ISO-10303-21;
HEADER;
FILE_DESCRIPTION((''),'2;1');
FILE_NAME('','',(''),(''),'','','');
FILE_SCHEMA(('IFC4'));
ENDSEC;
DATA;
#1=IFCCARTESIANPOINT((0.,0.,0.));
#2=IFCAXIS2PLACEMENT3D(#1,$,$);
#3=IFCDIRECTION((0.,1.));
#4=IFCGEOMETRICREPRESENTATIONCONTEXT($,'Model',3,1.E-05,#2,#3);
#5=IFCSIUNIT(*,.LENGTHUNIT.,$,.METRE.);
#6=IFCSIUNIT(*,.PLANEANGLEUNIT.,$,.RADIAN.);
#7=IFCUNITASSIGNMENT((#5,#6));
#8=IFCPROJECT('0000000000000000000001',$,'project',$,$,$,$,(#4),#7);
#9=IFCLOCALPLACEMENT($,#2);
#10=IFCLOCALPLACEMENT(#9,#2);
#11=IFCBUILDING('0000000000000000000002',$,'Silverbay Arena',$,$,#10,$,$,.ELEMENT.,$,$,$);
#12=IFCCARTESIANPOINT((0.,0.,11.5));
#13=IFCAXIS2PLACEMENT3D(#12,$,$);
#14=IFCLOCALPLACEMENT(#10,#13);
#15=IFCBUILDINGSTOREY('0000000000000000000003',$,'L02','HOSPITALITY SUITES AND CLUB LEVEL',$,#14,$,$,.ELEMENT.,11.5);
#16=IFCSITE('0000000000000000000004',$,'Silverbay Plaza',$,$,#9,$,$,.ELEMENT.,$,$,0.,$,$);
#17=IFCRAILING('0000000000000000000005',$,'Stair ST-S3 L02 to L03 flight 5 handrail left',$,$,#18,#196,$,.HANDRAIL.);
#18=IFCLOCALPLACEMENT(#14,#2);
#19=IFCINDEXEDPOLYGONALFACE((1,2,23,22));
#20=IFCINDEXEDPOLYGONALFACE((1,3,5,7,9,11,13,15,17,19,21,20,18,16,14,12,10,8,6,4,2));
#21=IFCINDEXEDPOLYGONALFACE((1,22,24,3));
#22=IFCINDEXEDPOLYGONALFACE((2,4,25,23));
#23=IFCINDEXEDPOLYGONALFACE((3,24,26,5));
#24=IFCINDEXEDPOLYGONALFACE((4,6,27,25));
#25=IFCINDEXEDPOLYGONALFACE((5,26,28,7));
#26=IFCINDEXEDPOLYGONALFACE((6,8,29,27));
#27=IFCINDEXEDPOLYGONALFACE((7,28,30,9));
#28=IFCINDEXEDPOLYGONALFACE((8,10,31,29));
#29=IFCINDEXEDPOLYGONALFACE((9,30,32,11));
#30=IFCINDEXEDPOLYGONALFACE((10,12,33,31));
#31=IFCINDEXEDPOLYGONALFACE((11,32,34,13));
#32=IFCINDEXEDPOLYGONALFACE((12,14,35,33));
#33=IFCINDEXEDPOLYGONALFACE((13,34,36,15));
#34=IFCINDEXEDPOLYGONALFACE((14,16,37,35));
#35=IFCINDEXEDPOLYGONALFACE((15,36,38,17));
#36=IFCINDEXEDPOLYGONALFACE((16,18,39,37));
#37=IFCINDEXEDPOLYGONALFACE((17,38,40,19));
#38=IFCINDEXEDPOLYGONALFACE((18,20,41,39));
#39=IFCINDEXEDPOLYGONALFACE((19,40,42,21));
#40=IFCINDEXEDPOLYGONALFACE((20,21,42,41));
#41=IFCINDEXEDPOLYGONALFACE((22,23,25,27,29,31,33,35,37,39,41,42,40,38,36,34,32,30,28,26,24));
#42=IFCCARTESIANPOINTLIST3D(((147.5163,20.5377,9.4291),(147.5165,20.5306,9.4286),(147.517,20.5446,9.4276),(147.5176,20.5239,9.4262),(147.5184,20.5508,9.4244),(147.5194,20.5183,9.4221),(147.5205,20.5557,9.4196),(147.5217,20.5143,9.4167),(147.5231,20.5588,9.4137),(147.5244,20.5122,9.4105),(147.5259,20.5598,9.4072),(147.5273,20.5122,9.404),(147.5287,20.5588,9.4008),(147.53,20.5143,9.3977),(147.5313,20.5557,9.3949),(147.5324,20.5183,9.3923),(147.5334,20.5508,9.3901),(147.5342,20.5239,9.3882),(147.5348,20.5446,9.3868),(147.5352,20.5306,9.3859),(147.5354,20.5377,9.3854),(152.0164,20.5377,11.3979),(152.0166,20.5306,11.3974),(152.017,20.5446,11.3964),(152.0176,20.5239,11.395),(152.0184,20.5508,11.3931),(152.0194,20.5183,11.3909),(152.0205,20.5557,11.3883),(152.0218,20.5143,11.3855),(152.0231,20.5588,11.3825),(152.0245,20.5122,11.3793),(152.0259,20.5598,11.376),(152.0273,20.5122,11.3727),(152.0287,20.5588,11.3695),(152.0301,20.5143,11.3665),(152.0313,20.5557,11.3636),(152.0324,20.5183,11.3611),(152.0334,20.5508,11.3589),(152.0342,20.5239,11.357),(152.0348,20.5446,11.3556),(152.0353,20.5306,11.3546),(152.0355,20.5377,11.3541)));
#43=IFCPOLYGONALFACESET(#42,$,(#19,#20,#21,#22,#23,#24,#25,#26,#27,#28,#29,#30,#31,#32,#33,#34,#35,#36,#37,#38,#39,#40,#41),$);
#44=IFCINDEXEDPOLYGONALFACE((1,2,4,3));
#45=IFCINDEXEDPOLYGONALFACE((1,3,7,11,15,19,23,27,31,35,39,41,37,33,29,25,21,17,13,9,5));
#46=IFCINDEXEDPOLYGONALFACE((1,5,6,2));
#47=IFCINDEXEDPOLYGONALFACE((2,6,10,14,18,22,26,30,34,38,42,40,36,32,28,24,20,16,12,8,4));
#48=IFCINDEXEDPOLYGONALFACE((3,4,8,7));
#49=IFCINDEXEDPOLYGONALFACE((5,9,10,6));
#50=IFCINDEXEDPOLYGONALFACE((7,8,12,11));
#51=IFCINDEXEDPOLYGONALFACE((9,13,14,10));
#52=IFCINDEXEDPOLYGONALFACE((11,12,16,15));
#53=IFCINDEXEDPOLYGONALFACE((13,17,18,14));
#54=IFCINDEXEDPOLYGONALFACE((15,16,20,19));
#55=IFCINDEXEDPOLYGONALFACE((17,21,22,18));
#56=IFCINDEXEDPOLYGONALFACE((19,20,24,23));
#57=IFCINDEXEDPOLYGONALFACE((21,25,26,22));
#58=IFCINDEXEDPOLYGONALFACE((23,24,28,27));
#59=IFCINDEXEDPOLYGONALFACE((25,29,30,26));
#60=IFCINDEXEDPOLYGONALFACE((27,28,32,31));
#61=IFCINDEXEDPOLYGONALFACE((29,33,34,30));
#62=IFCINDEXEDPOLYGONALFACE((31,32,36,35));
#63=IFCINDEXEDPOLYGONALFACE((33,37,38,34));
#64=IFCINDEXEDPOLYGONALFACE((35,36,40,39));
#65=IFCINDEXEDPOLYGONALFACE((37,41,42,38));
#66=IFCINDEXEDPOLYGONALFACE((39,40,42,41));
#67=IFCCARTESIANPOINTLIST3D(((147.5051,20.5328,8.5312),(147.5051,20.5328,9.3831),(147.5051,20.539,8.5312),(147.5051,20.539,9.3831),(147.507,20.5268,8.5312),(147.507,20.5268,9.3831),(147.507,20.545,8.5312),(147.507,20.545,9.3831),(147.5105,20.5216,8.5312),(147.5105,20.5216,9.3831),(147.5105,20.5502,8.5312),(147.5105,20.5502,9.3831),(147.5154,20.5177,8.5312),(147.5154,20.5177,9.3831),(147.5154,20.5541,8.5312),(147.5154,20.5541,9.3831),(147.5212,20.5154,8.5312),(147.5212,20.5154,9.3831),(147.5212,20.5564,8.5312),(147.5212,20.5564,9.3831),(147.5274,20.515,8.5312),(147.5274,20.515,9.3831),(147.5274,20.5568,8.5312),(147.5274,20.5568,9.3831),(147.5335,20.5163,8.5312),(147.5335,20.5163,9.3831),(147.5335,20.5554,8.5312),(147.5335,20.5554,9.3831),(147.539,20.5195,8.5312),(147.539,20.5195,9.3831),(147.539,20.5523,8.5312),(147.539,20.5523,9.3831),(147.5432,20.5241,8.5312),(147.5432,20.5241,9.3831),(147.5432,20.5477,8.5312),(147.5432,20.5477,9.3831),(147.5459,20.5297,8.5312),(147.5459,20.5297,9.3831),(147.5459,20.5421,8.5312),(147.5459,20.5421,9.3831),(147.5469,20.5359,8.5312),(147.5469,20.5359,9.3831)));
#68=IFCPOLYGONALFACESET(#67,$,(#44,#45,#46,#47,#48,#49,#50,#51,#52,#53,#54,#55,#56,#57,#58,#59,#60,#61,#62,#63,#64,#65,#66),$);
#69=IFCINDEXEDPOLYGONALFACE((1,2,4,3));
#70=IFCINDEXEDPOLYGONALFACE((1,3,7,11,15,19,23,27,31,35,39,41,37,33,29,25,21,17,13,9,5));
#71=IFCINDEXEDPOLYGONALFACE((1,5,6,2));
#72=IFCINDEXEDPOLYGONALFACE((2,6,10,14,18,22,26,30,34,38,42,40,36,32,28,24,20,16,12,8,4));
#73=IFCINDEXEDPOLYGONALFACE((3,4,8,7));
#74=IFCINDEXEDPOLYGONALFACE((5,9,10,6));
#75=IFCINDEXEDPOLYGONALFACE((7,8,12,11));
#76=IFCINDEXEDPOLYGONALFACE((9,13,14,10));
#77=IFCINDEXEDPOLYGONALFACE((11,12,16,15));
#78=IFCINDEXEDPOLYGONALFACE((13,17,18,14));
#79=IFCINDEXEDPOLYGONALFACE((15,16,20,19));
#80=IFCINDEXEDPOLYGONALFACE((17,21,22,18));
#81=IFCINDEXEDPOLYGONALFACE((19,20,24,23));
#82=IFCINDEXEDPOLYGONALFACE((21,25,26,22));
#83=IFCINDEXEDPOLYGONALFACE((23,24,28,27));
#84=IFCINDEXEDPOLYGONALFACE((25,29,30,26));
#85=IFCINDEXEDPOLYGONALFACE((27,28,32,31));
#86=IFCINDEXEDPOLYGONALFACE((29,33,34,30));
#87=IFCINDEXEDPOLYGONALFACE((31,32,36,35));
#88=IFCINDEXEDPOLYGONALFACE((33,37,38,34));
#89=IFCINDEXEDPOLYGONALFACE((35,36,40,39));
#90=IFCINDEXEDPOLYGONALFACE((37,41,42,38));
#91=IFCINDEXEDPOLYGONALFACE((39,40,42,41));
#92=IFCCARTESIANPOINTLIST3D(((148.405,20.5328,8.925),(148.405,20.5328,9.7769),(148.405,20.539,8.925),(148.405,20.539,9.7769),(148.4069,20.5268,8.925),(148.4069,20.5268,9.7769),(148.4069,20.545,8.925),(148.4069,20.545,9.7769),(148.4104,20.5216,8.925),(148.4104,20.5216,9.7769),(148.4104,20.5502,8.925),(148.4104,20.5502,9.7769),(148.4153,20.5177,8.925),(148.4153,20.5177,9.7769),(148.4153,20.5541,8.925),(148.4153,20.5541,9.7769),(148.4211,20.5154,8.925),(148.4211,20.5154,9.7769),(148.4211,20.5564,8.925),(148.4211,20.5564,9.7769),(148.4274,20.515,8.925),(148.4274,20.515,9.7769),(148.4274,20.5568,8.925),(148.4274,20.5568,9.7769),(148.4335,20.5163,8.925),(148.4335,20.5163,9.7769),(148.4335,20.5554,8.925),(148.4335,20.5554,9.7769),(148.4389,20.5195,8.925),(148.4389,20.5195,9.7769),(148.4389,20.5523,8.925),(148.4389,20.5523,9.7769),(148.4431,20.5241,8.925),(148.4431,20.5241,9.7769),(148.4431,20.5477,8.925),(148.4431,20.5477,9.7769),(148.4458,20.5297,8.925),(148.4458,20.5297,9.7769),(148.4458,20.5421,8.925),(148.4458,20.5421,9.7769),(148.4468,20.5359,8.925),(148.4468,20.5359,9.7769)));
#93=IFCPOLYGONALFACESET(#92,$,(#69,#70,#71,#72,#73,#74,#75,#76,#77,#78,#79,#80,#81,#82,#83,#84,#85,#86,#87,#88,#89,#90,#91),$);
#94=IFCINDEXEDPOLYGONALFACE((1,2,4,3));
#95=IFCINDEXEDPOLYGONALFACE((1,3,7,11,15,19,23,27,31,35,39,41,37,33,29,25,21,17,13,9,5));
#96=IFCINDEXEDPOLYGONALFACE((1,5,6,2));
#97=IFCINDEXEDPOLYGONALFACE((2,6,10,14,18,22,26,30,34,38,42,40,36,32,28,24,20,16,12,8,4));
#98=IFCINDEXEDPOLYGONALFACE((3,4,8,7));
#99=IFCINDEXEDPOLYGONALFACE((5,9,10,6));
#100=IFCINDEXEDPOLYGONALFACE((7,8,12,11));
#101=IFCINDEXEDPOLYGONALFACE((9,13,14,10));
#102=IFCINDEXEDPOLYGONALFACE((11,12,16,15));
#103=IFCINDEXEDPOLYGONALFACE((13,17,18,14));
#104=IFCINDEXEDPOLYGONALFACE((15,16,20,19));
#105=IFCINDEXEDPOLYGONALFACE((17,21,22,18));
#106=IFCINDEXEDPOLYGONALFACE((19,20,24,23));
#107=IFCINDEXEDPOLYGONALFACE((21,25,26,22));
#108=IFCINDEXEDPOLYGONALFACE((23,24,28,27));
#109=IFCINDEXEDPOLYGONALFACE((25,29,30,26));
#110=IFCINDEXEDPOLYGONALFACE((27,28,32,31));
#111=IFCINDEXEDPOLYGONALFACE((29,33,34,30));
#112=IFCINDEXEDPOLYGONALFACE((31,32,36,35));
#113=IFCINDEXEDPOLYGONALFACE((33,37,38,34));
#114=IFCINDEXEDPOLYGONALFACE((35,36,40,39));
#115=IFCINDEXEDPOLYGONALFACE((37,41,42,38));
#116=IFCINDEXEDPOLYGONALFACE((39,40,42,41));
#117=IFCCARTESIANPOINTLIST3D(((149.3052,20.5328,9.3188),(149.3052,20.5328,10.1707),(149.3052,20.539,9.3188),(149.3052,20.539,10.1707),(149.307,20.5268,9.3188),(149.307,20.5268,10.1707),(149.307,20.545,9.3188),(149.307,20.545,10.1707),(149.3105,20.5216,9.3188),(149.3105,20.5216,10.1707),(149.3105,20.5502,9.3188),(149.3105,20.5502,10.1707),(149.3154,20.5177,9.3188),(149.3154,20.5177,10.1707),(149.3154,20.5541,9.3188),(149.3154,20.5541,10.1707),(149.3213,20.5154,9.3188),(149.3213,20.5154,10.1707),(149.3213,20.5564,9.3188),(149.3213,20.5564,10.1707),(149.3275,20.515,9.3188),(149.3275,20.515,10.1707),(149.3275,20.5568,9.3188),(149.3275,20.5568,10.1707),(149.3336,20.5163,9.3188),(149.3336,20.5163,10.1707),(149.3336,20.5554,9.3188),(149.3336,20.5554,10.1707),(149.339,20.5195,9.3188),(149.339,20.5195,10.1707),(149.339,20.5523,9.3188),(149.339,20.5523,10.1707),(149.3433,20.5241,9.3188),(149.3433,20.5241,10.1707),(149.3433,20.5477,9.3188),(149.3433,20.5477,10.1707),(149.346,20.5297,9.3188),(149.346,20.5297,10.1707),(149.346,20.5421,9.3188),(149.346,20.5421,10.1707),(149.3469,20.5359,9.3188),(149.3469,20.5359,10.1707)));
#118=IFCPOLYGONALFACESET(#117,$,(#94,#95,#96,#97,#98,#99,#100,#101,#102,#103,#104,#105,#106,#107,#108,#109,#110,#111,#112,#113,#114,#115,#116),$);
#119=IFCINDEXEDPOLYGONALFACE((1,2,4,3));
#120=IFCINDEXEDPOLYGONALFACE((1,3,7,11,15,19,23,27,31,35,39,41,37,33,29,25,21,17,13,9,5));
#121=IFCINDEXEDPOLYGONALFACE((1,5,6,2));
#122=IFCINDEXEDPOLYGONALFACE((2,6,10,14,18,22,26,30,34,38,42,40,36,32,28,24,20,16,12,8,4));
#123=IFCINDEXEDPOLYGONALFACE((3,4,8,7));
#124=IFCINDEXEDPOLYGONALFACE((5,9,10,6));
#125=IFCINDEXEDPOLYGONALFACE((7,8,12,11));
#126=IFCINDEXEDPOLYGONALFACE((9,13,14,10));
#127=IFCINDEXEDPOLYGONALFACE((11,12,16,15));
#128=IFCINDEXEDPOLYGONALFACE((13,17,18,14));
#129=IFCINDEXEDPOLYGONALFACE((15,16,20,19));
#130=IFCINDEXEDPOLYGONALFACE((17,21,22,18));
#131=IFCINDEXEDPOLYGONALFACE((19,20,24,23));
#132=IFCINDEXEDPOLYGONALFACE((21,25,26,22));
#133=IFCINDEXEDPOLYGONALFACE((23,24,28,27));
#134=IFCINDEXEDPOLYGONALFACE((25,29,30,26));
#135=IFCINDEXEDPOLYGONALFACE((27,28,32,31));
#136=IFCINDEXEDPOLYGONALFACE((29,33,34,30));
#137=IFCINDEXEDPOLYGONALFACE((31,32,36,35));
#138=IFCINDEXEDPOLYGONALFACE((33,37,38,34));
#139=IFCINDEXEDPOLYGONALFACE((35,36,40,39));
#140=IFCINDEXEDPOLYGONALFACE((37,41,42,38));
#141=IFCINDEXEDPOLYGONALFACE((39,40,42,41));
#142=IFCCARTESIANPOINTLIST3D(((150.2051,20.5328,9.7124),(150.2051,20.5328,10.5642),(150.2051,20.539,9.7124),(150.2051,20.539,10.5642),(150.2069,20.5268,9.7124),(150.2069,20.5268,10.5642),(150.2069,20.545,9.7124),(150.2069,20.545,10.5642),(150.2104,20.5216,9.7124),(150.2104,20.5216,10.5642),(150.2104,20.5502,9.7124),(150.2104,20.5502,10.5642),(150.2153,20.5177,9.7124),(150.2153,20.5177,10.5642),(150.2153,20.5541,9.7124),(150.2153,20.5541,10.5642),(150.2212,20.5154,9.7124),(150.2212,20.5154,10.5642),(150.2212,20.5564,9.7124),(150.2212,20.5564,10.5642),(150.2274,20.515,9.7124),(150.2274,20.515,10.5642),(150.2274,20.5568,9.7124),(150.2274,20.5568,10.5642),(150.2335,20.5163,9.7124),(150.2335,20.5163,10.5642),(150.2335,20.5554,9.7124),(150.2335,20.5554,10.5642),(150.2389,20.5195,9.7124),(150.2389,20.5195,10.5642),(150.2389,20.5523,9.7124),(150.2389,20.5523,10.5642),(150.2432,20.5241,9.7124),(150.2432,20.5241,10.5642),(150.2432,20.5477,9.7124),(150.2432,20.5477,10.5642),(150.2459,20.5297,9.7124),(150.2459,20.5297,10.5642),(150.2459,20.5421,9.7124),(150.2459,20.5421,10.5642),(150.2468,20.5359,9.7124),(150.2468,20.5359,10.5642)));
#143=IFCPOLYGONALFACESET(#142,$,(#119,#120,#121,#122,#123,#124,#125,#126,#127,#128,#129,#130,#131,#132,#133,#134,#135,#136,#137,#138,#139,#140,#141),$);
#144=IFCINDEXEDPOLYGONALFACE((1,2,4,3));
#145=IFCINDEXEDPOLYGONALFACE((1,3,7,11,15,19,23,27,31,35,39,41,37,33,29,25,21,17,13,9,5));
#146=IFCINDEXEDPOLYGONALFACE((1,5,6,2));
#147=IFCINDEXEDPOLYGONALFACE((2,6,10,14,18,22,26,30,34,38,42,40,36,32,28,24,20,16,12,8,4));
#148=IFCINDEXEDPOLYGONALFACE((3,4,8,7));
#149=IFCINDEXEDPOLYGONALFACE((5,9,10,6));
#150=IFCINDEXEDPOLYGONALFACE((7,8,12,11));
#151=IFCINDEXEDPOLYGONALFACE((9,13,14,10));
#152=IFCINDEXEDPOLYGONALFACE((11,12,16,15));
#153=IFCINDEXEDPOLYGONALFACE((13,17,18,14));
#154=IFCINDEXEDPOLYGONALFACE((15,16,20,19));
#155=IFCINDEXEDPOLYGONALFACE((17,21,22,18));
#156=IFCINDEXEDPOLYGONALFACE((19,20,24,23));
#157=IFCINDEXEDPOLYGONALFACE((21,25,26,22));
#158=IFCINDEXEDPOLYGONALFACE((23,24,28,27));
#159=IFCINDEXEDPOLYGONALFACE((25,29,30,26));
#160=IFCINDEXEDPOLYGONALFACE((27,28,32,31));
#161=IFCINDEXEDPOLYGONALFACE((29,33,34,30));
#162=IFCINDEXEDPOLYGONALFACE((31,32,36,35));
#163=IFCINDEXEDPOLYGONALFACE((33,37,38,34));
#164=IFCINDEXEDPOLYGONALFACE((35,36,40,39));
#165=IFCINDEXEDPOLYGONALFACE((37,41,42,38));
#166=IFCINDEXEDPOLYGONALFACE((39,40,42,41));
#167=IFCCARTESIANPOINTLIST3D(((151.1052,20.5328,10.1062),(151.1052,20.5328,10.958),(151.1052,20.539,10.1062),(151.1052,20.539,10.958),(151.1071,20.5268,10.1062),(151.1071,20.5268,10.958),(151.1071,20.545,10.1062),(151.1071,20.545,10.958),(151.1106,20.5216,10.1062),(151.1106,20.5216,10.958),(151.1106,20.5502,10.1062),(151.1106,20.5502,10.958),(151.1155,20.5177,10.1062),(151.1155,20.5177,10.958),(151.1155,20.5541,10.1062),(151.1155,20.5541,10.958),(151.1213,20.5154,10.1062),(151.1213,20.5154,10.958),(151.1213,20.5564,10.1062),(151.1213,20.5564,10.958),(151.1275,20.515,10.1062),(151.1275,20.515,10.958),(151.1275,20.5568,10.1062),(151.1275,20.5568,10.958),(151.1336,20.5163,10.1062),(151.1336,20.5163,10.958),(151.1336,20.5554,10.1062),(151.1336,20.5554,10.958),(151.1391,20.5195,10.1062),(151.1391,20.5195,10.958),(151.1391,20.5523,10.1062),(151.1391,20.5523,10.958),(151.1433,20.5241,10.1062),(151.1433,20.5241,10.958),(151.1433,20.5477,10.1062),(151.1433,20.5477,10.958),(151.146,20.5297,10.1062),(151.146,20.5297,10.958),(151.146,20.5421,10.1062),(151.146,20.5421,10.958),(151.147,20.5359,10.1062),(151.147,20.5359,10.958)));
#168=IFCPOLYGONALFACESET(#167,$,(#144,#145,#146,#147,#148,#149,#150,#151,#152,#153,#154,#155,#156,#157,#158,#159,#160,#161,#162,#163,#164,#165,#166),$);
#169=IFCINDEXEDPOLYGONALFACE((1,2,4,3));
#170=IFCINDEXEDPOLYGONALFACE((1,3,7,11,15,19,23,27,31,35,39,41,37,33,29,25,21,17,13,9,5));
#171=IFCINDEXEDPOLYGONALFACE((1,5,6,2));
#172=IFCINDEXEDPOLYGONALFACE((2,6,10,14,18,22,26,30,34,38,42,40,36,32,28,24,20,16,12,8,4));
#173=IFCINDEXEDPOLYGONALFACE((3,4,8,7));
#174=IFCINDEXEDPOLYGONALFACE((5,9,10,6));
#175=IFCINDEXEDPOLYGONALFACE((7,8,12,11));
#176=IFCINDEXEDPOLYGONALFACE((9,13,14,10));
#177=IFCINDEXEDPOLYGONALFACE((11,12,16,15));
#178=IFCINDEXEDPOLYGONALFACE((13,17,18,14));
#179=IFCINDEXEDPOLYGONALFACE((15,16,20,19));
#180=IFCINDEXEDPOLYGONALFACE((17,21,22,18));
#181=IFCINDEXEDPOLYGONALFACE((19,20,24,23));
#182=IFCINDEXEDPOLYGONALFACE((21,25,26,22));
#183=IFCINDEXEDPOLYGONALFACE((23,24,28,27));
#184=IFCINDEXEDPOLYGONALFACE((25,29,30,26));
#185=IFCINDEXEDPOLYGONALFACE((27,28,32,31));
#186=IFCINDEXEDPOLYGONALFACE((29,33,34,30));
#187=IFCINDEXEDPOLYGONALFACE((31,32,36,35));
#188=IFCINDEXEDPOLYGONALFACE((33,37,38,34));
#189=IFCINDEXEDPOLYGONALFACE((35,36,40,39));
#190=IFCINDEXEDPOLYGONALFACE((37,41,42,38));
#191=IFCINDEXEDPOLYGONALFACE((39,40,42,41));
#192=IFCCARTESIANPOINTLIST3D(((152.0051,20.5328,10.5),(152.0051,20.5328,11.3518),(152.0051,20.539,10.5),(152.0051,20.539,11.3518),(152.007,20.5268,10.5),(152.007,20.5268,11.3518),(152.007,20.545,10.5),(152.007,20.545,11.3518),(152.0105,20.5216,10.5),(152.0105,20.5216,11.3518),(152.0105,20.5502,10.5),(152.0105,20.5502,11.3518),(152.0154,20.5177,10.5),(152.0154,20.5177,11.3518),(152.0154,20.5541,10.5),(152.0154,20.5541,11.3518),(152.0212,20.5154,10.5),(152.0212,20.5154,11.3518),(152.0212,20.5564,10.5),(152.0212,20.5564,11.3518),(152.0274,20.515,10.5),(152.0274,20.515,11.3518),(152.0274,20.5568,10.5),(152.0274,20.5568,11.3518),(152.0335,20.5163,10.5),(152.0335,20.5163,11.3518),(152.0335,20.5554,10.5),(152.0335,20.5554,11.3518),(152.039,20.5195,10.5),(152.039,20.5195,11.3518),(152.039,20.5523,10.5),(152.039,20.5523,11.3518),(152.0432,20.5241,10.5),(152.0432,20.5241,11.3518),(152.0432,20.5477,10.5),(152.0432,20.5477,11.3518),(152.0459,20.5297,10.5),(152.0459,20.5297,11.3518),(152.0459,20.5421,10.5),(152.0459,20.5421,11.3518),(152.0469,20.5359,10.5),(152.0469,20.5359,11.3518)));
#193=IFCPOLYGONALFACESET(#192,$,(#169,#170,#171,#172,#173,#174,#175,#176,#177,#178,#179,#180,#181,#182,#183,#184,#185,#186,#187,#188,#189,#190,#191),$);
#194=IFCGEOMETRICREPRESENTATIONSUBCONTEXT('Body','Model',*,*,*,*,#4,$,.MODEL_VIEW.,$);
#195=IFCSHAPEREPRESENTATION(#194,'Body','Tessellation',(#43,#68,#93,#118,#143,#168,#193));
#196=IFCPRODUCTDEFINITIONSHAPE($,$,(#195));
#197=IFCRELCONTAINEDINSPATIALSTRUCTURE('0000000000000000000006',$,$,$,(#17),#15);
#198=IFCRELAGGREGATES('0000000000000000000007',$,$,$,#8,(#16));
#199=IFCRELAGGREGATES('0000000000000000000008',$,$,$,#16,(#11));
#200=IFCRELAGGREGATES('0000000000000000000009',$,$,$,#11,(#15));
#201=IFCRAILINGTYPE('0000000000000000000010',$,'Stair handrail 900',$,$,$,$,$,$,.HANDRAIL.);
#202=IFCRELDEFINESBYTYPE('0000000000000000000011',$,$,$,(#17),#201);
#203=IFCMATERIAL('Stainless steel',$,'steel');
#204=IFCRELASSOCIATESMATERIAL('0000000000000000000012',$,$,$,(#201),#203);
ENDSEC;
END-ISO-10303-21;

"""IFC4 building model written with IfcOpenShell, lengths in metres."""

from ifc_helpers import new_model, si_unit, direction, frame, origin, origin_2d, place, context, subcontext, project, spatial, circle, extrude, material, type_object, element, save


model = new_model("IFC4")

# Units and contexts
model_context = context("Model", 3, precision=1e-05, world=origin(), true_north=direction((0.0, 1.0)))
body_context = subcontext(model_context, "Body", "Model", "MODEL_VIEW")
ifc_project = project(units=[si_unit("LENGTHUNIT", "METRE"), si_unit("PLANEANGLEUNIT", "RADIAN")], contexts=[model_context])

# Site, building, storey
site_placement = place(None, origin())
site = spatial("IfcSite", under=ifc_project, at=site_placement, Name="Silverbay Plaza", CompositionType="ELEMENT", RefElevation=0.0)
building_placement = place(site_placement, origin())
building = spatial("IfcBuilding", under=site, at=building_placement, Name="Silverbay Arena", CompositionType="ELEMENT")
storey_placement = place(building_placement, frame((0.0, 0.0, 11.5)))
storey = spatial("IfcBuildingStorey", under=building, at=storey_placement, Name="L02", Description="HOSPITALITY SUITES AND CLUB LEVEL", CompositionType="ELEMENT", Elevation=11.5)

# Railing
ifc_material_1 = material(Name="Stainless steel", Category="steel")
railing_type_1 = type_object("IfcRailingType", Name="Stair handrail 900", PredefinedType="HANDRAIL", material=ifc_material_1)
for number, where, name in (
    (1, (147.5259, 20.5359, 8.5312), "Stair ST-S3 L02 to L03 flight 5 handrail left"),
):
    element("IfcRailing", number, at=place(storey_placement, frame(where)), inside=storey, type_object=railing_type_1, Name=name, PredefinedType="HANDRAIL", context=body_context, shape_type="SweptSolid", body=[
        extrude(circle(Radius=0.0239, at=origin_2d()), frame((0.0, 0.0, 0.876), z_axis=(0.916157, 0.0, 0.400819), x_axis=(0.0, 1.0, 0.0)), (0.0, 0.0, 1.0), 4.9119),
        extrude(circle(Radius=0.021, at=origin_2d()), origin(), (0.0, 0.0, 1.0), 0.8518),
        extrude(circle(Radius=0.021, at=origin_2d()), frame((0.8999, 0.0, 0.3938)), (0.0, 0.0, 1.0), 0.8518),
        extrude(circle(Radius=0.021, at=origin_2d()), frame((1.8, 0.0, 0.7876)), (0.0, 0.0, 1.0), 0.8518),
        extrude(circle(Radius=0.021, at=origin_2d()), frame((2.7, 0.0, 1.1812)), (0.0, 0.0, 1.0), 0.8518),
        extrude(circle(Radius=0.021, at=origin_2d()), frame((3.6001, 0.0, 1.575)), (0.0, 0.0, 1.0), 0.8518),
        extrude(circle(Radius=0.021, at=origin_2d()), frame((4.5, 0.0, 1.9688)), (0.0, 0.0, 1.0), 0.8518),
    ])

save(model, "model.ifc")
